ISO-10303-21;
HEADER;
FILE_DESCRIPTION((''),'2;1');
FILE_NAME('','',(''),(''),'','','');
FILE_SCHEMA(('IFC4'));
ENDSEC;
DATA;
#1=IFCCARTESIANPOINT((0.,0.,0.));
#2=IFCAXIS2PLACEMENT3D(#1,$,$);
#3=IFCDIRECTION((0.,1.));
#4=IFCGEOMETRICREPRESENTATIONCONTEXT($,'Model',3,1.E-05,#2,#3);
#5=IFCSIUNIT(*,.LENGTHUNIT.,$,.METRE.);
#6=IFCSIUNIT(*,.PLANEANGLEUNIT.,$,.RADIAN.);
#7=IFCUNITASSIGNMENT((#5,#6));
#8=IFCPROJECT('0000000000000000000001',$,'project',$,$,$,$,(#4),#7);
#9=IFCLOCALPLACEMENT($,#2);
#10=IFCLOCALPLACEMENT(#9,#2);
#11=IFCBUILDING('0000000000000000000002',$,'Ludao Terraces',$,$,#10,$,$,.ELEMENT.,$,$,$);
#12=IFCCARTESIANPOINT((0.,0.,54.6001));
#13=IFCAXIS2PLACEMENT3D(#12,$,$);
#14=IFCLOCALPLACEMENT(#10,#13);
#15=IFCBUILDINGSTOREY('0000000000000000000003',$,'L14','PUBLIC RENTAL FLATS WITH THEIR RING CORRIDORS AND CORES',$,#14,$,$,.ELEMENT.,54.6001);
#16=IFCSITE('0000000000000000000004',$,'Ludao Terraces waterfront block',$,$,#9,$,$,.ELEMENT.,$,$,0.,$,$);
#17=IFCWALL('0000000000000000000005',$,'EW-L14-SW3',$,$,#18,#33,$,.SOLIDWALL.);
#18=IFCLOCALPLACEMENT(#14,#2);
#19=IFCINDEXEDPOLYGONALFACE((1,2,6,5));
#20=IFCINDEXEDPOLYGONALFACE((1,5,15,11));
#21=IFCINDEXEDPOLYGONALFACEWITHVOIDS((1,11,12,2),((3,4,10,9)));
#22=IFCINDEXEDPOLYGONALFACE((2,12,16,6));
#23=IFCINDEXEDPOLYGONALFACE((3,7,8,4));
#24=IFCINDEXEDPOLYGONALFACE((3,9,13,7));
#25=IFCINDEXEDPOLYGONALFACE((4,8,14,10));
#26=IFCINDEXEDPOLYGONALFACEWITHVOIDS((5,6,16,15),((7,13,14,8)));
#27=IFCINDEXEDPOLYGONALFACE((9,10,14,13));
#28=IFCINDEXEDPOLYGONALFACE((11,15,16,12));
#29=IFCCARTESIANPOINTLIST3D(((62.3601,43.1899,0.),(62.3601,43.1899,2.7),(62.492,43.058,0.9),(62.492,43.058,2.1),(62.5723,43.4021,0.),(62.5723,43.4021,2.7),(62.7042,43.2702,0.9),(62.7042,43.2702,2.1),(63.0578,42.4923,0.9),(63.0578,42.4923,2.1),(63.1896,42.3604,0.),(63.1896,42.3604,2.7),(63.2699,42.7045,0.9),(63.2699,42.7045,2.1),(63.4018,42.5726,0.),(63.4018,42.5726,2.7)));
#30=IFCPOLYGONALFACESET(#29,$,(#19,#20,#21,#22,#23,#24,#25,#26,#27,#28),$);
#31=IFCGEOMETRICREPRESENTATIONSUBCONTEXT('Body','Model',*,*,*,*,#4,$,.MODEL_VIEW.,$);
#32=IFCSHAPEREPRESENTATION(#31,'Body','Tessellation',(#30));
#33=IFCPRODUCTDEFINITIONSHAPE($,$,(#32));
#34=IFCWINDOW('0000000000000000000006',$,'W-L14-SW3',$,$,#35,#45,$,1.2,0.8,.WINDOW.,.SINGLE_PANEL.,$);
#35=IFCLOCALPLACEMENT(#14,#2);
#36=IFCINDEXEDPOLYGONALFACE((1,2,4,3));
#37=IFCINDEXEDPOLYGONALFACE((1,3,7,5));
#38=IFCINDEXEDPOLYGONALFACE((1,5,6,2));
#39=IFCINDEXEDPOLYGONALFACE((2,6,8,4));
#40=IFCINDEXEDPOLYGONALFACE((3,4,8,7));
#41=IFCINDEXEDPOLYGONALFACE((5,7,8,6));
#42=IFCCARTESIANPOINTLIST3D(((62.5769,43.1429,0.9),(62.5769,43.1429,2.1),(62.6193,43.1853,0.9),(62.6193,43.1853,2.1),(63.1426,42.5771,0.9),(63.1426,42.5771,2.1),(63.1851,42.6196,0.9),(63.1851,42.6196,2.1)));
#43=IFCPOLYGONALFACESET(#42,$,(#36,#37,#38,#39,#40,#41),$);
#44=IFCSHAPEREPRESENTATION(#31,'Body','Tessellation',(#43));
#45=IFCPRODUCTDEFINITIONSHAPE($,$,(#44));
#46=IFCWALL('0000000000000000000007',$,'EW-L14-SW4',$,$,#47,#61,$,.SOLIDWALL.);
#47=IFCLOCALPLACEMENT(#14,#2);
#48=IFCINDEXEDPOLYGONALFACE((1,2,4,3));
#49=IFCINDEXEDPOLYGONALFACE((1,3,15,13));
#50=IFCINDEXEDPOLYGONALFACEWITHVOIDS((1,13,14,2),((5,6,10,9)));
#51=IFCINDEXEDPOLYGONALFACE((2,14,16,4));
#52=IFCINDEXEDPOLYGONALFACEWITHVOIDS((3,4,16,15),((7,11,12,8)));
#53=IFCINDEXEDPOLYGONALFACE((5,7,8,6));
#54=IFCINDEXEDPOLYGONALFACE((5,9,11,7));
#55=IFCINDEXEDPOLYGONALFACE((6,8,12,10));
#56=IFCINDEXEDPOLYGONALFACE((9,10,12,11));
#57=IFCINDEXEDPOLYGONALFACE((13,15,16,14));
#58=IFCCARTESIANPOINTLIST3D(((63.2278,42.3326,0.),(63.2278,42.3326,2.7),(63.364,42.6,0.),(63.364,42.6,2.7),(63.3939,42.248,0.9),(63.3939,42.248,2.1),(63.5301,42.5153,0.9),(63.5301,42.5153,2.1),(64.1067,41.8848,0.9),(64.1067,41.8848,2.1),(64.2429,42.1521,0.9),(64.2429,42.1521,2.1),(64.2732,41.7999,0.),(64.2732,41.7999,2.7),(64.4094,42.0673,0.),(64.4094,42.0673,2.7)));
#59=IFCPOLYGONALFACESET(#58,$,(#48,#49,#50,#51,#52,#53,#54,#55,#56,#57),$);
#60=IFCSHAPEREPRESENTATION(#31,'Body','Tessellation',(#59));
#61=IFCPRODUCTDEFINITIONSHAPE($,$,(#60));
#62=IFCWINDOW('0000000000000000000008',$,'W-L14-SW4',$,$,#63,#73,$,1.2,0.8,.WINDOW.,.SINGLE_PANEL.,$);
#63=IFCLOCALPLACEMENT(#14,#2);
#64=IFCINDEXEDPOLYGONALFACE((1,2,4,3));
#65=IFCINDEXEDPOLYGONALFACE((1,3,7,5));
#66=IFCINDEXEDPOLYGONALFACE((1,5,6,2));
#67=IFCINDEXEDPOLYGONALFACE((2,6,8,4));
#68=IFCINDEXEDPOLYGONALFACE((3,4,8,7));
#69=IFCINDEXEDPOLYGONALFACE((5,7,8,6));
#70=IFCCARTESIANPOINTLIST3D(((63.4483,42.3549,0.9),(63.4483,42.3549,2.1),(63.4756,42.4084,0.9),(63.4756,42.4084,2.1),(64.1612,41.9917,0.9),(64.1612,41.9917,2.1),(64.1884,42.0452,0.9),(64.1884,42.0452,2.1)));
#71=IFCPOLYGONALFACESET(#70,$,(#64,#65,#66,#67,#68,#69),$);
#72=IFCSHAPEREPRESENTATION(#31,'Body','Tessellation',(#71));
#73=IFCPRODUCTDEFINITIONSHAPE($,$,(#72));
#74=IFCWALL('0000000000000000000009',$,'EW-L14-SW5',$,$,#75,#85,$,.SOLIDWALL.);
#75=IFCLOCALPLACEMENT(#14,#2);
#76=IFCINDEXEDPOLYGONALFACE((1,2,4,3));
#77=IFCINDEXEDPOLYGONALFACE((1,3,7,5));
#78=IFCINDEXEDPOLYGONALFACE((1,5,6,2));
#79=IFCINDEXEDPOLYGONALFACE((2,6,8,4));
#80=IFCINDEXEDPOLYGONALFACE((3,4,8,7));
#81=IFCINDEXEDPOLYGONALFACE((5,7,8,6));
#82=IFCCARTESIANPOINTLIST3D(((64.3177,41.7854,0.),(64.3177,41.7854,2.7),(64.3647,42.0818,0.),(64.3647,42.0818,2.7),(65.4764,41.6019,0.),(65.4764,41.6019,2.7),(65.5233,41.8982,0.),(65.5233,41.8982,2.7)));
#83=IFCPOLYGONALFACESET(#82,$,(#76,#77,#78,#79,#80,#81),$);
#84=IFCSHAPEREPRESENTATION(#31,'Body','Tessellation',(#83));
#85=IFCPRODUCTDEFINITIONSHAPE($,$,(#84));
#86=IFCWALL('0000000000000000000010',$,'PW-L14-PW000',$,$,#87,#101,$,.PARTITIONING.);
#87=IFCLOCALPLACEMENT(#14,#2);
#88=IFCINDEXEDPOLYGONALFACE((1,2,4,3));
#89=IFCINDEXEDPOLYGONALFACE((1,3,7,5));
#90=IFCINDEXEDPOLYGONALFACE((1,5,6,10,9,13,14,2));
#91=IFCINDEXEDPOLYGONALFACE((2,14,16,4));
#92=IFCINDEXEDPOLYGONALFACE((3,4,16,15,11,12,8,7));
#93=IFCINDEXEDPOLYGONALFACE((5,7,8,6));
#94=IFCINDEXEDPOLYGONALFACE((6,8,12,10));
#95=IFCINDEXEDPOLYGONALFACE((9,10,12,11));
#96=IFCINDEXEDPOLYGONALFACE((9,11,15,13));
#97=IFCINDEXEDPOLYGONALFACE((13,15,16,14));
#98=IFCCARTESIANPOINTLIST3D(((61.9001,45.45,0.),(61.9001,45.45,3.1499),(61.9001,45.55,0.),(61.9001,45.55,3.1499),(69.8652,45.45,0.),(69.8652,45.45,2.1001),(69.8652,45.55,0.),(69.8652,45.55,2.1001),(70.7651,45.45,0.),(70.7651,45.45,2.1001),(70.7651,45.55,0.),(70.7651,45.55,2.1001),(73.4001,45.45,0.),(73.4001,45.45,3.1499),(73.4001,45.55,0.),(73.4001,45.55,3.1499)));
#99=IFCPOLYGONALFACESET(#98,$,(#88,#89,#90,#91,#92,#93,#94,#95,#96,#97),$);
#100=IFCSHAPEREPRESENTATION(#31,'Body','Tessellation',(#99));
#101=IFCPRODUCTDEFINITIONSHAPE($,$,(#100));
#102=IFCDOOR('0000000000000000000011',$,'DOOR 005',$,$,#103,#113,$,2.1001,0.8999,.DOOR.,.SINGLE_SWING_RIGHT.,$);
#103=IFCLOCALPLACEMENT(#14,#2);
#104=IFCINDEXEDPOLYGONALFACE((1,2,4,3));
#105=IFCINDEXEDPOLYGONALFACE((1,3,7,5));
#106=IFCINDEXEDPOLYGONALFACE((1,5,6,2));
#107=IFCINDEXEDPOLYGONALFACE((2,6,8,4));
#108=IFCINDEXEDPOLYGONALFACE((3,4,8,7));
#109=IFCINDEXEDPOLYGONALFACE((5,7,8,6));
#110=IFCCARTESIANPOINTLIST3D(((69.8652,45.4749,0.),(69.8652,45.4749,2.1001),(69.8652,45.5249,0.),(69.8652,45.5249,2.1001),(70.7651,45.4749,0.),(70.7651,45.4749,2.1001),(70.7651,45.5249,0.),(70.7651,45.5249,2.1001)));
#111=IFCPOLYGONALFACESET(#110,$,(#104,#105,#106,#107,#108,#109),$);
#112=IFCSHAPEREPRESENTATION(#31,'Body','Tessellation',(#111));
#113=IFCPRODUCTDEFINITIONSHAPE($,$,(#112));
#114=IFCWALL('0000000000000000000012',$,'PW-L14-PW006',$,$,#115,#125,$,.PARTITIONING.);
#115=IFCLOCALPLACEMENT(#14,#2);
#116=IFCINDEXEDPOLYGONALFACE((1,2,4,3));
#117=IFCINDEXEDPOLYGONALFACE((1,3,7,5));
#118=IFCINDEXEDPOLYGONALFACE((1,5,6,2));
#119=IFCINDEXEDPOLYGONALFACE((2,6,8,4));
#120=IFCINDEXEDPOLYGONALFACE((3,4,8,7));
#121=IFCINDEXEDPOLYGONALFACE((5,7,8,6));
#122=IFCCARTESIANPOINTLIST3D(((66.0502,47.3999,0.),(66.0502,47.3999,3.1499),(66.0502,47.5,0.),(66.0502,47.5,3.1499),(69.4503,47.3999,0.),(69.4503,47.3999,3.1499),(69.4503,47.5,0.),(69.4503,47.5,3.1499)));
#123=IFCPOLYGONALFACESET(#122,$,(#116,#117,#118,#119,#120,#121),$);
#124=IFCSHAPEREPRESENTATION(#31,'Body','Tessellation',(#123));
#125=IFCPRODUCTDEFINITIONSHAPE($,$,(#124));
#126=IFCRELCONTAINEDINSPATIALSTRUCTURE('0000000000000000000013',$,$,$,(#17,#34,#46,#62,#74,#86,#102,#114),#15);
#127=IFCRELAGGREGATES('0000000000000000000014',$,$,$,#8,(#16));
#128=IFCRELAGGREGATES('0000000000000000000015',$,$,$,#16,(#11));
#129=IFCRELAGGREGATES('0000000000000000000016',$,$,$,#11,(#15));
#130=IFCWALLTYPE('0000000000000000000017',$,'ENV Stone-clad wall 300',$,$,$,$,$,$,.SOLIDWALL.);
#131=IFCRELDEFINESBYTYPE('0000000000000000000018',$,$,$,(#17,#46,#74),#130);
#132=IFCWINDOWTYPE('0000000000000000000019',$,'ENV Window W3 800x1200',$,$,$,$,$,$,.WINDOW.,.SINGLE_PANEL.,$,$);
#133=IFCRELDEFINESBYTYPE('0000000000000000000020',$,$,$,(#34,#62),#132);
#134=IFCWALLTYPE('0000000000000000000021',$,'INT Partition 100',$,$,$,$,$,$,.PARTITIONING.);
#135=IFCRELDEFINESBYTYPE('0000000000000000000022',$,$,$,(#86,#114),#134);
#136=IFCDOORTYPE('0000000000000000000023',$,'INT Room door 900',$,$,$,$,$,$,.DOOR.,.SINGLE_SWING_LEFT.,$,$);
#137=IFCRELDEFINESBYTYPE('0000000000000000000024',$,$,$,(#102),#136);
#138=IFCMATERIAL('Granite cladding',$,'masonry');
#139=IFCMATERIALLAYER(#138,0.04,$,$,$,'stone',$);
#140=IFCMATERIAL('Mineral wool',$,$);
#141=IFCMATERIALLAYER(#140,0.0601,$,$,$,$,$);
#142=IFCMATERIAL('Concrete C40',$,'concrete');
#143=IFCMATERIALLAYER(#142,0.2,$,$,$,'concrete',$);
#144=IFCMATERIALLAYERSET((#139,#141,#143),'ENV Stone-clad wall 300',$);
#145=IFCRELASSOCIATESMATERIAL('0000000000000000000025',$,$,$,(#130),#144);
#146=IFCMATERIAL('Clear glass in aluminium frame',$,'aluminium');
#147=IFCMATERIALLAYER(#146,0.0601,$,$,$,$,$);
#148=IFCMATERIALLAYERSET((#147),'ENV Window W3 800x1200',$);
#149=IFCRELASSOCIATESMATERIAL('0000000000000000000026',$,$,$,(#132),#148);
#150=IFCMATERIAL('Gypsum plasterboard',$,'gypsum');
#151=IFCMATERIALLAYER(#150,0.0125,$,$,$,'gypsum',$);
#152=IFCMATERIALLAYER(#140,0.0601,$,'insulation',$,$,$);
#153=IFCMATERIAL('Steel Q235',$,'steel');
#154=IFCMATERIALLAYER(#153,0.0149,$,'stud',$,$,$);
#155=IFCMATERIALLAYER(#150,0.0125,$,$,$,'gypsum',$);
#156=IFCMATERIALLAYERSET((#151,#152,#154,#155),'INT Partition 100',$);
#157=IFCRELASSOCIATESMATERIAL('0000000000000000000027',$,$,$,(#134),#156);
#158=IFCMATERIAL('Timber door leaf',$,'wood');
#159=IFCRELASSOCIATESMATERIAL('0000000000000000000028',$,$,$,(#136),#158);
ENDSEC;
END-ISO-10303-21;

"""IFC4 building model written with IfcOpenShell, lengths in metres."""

from ifc_helpers import new_model, si_unit, direction, frame, frame_2d, origin, place, context, subcontext, project, spatial, rectangle, extrude, material, layer, layer_set, type_object, element, fill, save


model = new_model("IFC4")

# Units and contexts
model_context = context("Model", 3, precision=1e-05, world=origin(), true_north=direction((0.0, 1.0)))
body_context = subcontext(model_context, "Body", "Model", "MODEL_VIEW")
ifc_project = project(units=[si_unit("LENGTHUNIT", "METRE"), si_unit("PLANEANGLEUNIT", "RADIAN")], contexts=[model_context])

# Site, building, storey
site_placement = place(None, origin())
site = spatial("IfcSite", under=ifc_project, at=site_placement, Name="Ludao Terraces waterfront block", CompositionType="ELEMENT", RefElevation=0.0)
building_placement = place(site_placement, origin())
building = spatial("IfcBuilding", under=site, at=building_placement, Name="Ludao Terraces", CompositionType="ELEMENT")
storey_placement = place(building_placement, frame((0.0, 0.0, 54.6001)))
storey = spatial("IfcBuildingStorey", under=building, at=storey_placement, Name="L14", Description="PUBLIC RENTAL FLATS WITH THEIR RING CORRIDORS AND CORES", CompositionType="ELEMENT", Elevation=54.6001)

# Shared definitions
ifc_material_1 = material(Name="Concrete C40", Category="concrete")

# Shared definitions
ifc_material_2 = material(Name="Granite cladding", Category="masonry")
ifc_layer_1 = layer(ifc_material_2, 0.04, Category="stone")
ifc_material_3 = material(Name="Mineral wool")
ifc_layer_2 = layer(ifc_material_3, 0.0601)
ifc_layer_3 = layer(ifc_material_1, 0.2, Category="concrete")
ifc_layer_set_1 = layer_set([ifc_layer_1, ifc_layer_2, ifc_layer_3], Name="ENV Stone-clad wall 300")
wall_type_1 = type_object("IfcWallType", Name="ENV Stone-clad wall 300", PredefinedType="SOLIDWALL", material=ifc_layer_set_1)
ifc_material_4 = material(Name="Clear glass in aluminium frame", Category="aluminium")

# Walls, openings, windows
ifc_layer_4 = layer(ifc_material_4, 0.0601)
ifc_layer_set_2 = layer_set([ifc_layer_4], Name="ENV Window W3 800x1200")
window_type_1 = type_object("IfcWindowType", Name="ENV Window W3 800x1200", PartitioningType="SINGLE_PANEL", PredefinedType="WINDOW", material=ifc_layer_set_2)
wall_1_placement = place(storey_placement, frame((62.4663, 43.2959, 0.0), z_axis=(0.0, 0.0, 1.0), x_axis=(0.707107, -0.707107, 0.0)))
wall_1 = element("IfcWall", 1, at=wall_1_placement, inside=storey, type_object=wall_type_1, Name="EW-L14-SW3", PredefinedType="SOLIDWALL", context=body_context, shape_type="SweptSolid", body=[
    extrude(rectangle(XDim=1.1731, YDim=0.3, at=frame_2d((0.5864, 0.0))), origin(), (0.0, 0.0, 1.0), 2.7),
])
opening_1_placement = place(wall_1_placement, frame((0.1865, 0.0, 0.8999)))
opening_1 = element("IfcOpeningElement", 2, at=opening_1_placement, cuts=wall_1, PredefinedType="OPENING", context=body_context, shape_type="SweptSolid", body=[
    extrude(rectangle(XDim=0.8, YDim=1.2, at=frame_2d((0.3999, 0.6001))), frame((0.0, 0.1602, 0.0), z_axis=(0.0, -1.0, 0.0), x_axis=(1.0, 0.0, 0.0)), (0.0, 0.0, 1.0), 0.3201),
])
window_1_placement = place(opening_1_placement, origin())
window_1 = element("IfcWindow", 3, at=window_1_placement, inside=storey, type_object=window_type_1, Name="W-L14-SW3", OverallHeight=1.2, OverallWidth=0.8, PartitioningType="SINGLE_PANEL", PredefinedType="WINDOW", context=body_context, shape_type="SweptSolid", body=[
    extrude(rectangle(XDim=0.8, YDim=1.2, at=frame_2d((0.3999, 0.6001))), frame((0.0, 0.03, 0.0), z_axis=(0.0, -1.0, 0.0), x_axis=(1.0, 0.0, 0.0)), (0.0, 0.0, 1.0), 0.0601),
])
fill(opening_1, window_1)
wall_2_placement = place(storey_placement, frame((63.2959, 42.4663, 0.0), z_axis=(0.0, 0.0, 1.0), x_axis=(0.890989, -0.454026, 0.0)))
wall_2 = element("IfcWall", 4, at=wall_2_placement, inside=storey, type_object=wall_type_1, Name="EW-L14-SW4", PredefinedType="SOLIDWALL", context=body_context, shape_type="SweptSolid", body=[
    extrude(rectangle(XDim=1.1733, YDim=0.3, at=frame_2d((0.5867, 0.0))), origin(), (0.0, 0.0, 1.0), 2.7),
])
opening_2_placement = place(wall_2_placement, frame((0.1865, 0.0, 0.8999)))
opening_2 = element("IfcOpeningElement", 5, at=opening_2_placement, cuts=wall_2, PredefinedType="OPENING", context=body_context, shape_type="SweptSolid", body=[
    extrude(rectangle(XDim=0.8, YDim=1.2, at=frame_2d((0.3999, 0.6001))), frame((0.0, 0.1602, 0.0), z_axis=(0.0, -1.0, 0.0), x_axis=(1.0, 0.0, 0.0)), (0.0, 0.0, 1.0), 0.3201),
])
window_2_placement = place(opening_2_placement, origin())
window_2 = element("IfcWindow", 6, at=window_2_placement, inside=storey, type_object=window_type_1, Name="W-L14-SW4", OverallHeight=1.2, OverallWidth=0.8, PartitioningType="SINGLE_PANEL", PredefinedType="WINDOW", context=body_context, shape_type="SweptSolid", body=[
    extrude(rectangle(XDim=0.8, YDim=1.2, at=frame_2d((0.3999, 0.6001))), frame((0.0, 0.03, 0.0), z_axis=(0.0, -1.0, 0.0), x_axis=(1.0, 0.0, 0.0)), (0.0, 0.0, 1.0), 0.0601),
])
fill(opening_2, window_2)

# Wall
wall_3_placement = place(storey_placement, frame((64.3413, 41.9336, 0.0), z_axis=(0.0, 0.0, 1.0), x_axis=(0.987678, -0.156497, 0.0)))
element("IfcWall", 7, at=wall_3_placement, inside=storey, type_object=wall_type_1, Name="EW-L14-SW5", PredefinedType="SOLIDWALL", context=body_context, shape_type="SweptSolid", body=[
    extrude(rectangle(XDim=1.1731, YDim=0.3, at=frame_2d((0.5864, 0.0))), origin(), (0.0, 0.0, 1.0), 2.7),
])

# Wall, opening, door
ifc_material_5 = material(Name="Gypsum plasterboard", Category="gypsum")
ifc_layer_5 = layer(ifc_material_5, 0.0125, Category="gypsum")
ifc_layer_6 = layer(ifc_material_3, 0.0601, Name="insulation")
ifc_material_6 = material(Name="Steel Q235", Category="steel")
ifc_layer_7 = layer(ifc_material_6, 0.0149, Name="stud")
ifc_layer_8 = layer(ifc_material_5, 0.0125, Category="gypsum")
ifc_layer_set_3 = layer_set([ifc_layer_5, ifc_layer_6, ifc_layer_7, ifc_layer_8], Name="INT Partition 100")
wall_type_2 = type_object("IfcWallType", Name="INT Partition 100", PredefinedType="PARTITIONING", material=ifc_layer_set_3)
wall_4_placement = place(storey_placement, frame((61.9001, 45.5, 0.0), z_axis=(0.0, 0.0, 1.0), x_axis=(1.0, 0.0, 0.0)))
wall_4 = element("IfcWall", 8, at=wall_4_placement, inside=storey, type_object=wall_type_2, Name="PW-L14-PW000", PredefinedType="PARTITIONING", context=body_context, shape_type="SweptSolid", body=[
    extrude(rectangle(XDim=11.5, YDim=0.1001, at=frame_2d((5.75, 0.0))), origin(), (0.0, 0.0, 1.0), 3.1499),
])
opening_3_placement = place(wall_4_placement, frame((7.9651, 0.0, 0.0)))
opening_3 = element("IfcOpeningElement", 9, at=opening_3_placement, cuts=wall_4, PredefinedType="OPENING", context=body_context, shape_type="SweptSolid", body=[
    extrude(rectangle(XDim=0.8999, YDim=2.1001, at=frame_2d((0.45, 1.05))), frame((0.0, 0.0601, 0.0), z_axis=(0.0, -1.0, 0.0), x_axis=(1.0, 0.0, 0.0)), (0.0, 0.0, 1.0), 0.1201),
])
ifc_material_7 = material(Name="Timber door leaf", Category="wood")
door_type = type_object("IfcDoorType", Name="INT Room door 900", OperationType="SINGLE_SWING_LEFT", PredefinedType="DOOR", material=ifc_material_7)
door_placement = place(opening_3_placement, origin())
door = element("IfcDoor", 10, at=door_placement, inside=storey, type_object=door_type, Name="DOOR 005", OperationType="SINGLE_SWING_RIGHT", OverallHeight=2.1001, OverallWidth=0.8999, PredefinedType="DOOR", context=body_context, shape_type="SweptSolid", body=[
    extrude(rectangle(XDim=0.8999, YDim=2.1001, at=frame_2d((0.45, 1.05))), frame((0.0, 0.0249, 0.0), z_axis=(0.0, -1.0, 0.0), x_axis=(1.0, 0.0, 0.0)), (0.0, 0.0, 1.0), 0.05),
])
fill(opening_3, door)

# Wall
wall_5_placement = place(storey_placement, frame((66.05, 47.45, 0.0), z_axis=(0.0, 0.0, 1.0), x_axis=(1.0, 0.0, 0.0)))
element("IfcWall", 11, at=wall_5_placement, inside=storey, type_object=wall_type_2, Name="PW-L14-PW006", PredefinedType="PARTITIONING", context=body_context, shape_type="SweptSolid", body=[
    extrude(rectangle(XDim=3.4001, YDim=0.1001, at=frame_2d((1.7002, 0.0))), origin(), (0.0, 0.0, 1.0), 3.1499),
])

save(model, "model.ifc")
